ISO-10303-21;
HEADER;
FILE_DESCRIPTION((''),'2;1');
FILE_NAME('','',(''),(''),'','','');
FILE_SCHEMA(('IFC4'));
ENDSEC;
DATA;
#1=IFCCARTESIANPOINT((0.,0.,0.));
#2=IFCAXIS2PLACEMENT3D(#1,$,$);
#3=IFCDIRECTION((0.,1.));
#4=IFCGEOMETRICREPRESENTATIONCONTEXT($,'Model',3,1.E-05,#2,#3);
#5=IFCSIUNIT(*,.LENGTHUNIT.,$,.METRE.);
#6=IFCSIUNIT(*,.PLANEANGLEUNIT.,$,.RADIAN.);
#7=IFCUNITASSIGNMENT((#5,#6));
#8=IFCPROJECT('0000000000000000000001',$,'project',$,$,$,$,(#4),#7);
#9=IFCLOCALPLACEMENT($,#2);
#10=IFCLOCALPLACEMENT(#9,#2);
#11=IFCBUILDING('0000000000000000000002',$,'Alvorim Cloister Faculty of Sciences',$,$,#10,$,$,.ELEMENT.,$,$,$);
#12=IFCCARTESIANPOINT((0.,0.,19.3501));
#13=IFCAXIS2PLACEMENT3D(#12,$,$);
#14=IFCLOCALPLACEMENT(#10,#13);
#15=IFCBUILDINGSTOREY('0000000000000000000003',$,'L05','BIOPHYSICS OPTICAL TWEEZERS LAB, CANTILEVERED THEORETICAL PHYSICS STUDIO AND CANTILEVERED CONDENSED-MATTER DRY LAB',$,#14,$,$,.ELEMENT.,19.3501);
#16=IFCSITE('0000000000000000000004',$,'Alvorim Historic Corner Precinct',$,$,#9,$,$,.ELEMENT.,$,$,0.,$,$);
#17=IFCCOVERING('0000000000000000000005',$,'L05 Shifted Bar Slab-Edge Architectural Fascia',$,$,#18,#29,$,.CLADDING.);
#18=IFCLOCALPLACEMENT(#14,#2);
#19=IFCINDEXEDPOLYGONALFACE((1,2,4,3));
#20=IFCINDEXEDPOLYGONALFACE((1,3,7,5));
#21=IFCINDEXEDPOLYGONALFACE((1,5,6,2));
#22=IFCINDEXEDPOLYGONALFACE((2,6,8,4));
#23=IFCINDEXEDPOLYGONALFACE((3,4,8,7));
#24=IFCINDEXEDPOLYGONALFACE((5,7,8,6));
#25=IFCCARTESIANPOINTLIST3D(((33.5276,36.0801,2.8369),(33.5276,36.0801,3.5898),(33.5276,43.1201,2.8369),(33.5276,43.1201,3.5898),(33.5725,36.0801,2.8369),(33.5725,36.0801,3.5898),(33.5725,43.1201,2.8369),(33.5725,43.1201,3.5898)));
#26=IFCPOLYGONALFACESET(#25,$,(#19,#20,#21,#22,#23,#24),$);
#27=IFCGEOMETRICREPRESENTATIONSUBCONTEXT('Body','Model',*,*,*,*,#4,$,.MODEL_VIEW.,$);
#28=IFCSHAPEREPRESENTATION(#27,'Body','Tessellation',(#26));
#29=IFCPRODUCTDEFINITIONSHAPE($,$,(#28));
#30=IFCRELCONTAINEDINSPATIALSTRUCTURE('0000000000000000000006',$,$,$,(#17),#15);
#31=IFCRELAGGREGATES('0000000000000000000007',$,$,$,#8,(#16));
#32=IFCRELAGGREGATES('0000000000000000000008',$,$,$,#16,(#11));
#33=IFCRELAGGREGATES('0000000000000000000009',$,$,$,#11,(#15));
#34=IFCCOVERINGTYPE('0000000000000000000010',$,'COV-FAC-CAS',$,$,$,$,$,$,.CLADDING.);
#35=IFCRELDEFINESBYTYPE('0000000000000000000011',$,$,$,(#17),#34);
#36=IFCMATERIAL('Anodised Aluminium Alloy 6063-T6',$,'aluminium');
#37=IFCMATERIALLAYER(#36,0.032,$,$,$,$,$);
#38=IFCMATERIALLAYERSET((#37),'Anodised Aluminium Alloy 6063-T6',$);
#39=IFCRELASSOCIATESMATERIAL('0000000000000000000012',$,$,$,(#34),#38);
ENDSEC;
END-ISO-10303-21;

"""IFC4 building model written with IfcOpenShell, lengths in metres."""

from ifc_helpers import new_model, si_unit, direction, frame, origin, place, context, subcontext, project, spatial, polyline, outline, extrude, material, layer, layer_set, type_object, element, save


model = new_model("IFC4")

# Units and contexts
model_context = context("Model", 3, precision=1e-05, world=origin(), true_north=direction((0.0, 1.0)))
body_context = subcontext(model_context, "Body", "Model", "MODEL_VIEW")
ifc_project = project(units=[si_unit("LENGTHUNIT", "METRE"), si_unit("PLANEANGLEUNIT", "RADIAN")], contexts=[model_context])

# Site, building, storey
site_placement = place(None, origin())
site = spatial("IfcSite", under=ifc_project, at=site_placement, Name="Alvorim Historic Corner Precinct", CompositionType="ELEMENT", RefElevation=0.0)
building_placement = place(site_placement, origin())
building = spatial("IfcBuilding", under=site, at=building_placement, Name="Alvorim Cloister Faculty of Sciences", CompositionType="ELEMENT")
storey_placement = place(building_placement, frame((0.0, 0.0, 19.3501)))
storey = spatial("IfcBuildingStorey", under=building, at=storey_placement, Name="L05", Description="BIOPHYSICS OPTICAL TWEEZERS LAB, CANTILEVERED THEORETICAL PHYSICS STUDIO AND CANTILEVERED CONDENSED-MATTER DRY LAB", CompositionType="ELEMENT", Elevation=19.3501)

# Covering
ifc_material_1 = material(Name="Anodised Aluminium Alloy 6063-T6", Category="aluminium")
ifc_layer_1 = layer(ifc_material_1, 0.032)
ifc_layer_set_1 = layer_set([ifc_layer_1], Name="Anodised Aluminium Alloy 6063-T6")
covering_type = type_object("IfcCoveringType", Name="COV-FAC-CAS", PredefinedType="CLADDING", material=ifc_layer_set_1)
covering_placement = place(storey_placement, frame((33.55, 36.0801, 2.8369), z_axis=(0.0, 0.0, 1.0), x_axis=(0.0, 1.0, 0.0)))
element("IfcCovering", 1, at=covering_placement, inside=storey, type_object=covering_type, Name="L05 Shifted Bar Slab-Edge Architectural Fascia", PredefinedType="CLADDING", context=body_context, shape_type="SweptSolid", body=[
    extrude(outline(polyline([(0.0, 0.0), (7.04, 0.0), (7.04, 0.7529), (0.0, 0.7529), (0.0, 0.0)])), frame((0.0, 0.0225, 0.0), z_axis=(0.0, -1.0, 0.0), x_axis=(1.0, 0.0, 0.0)), (0.0, 0.0, 1.0), 0.0449),
])

save(model, "model.ifc")
